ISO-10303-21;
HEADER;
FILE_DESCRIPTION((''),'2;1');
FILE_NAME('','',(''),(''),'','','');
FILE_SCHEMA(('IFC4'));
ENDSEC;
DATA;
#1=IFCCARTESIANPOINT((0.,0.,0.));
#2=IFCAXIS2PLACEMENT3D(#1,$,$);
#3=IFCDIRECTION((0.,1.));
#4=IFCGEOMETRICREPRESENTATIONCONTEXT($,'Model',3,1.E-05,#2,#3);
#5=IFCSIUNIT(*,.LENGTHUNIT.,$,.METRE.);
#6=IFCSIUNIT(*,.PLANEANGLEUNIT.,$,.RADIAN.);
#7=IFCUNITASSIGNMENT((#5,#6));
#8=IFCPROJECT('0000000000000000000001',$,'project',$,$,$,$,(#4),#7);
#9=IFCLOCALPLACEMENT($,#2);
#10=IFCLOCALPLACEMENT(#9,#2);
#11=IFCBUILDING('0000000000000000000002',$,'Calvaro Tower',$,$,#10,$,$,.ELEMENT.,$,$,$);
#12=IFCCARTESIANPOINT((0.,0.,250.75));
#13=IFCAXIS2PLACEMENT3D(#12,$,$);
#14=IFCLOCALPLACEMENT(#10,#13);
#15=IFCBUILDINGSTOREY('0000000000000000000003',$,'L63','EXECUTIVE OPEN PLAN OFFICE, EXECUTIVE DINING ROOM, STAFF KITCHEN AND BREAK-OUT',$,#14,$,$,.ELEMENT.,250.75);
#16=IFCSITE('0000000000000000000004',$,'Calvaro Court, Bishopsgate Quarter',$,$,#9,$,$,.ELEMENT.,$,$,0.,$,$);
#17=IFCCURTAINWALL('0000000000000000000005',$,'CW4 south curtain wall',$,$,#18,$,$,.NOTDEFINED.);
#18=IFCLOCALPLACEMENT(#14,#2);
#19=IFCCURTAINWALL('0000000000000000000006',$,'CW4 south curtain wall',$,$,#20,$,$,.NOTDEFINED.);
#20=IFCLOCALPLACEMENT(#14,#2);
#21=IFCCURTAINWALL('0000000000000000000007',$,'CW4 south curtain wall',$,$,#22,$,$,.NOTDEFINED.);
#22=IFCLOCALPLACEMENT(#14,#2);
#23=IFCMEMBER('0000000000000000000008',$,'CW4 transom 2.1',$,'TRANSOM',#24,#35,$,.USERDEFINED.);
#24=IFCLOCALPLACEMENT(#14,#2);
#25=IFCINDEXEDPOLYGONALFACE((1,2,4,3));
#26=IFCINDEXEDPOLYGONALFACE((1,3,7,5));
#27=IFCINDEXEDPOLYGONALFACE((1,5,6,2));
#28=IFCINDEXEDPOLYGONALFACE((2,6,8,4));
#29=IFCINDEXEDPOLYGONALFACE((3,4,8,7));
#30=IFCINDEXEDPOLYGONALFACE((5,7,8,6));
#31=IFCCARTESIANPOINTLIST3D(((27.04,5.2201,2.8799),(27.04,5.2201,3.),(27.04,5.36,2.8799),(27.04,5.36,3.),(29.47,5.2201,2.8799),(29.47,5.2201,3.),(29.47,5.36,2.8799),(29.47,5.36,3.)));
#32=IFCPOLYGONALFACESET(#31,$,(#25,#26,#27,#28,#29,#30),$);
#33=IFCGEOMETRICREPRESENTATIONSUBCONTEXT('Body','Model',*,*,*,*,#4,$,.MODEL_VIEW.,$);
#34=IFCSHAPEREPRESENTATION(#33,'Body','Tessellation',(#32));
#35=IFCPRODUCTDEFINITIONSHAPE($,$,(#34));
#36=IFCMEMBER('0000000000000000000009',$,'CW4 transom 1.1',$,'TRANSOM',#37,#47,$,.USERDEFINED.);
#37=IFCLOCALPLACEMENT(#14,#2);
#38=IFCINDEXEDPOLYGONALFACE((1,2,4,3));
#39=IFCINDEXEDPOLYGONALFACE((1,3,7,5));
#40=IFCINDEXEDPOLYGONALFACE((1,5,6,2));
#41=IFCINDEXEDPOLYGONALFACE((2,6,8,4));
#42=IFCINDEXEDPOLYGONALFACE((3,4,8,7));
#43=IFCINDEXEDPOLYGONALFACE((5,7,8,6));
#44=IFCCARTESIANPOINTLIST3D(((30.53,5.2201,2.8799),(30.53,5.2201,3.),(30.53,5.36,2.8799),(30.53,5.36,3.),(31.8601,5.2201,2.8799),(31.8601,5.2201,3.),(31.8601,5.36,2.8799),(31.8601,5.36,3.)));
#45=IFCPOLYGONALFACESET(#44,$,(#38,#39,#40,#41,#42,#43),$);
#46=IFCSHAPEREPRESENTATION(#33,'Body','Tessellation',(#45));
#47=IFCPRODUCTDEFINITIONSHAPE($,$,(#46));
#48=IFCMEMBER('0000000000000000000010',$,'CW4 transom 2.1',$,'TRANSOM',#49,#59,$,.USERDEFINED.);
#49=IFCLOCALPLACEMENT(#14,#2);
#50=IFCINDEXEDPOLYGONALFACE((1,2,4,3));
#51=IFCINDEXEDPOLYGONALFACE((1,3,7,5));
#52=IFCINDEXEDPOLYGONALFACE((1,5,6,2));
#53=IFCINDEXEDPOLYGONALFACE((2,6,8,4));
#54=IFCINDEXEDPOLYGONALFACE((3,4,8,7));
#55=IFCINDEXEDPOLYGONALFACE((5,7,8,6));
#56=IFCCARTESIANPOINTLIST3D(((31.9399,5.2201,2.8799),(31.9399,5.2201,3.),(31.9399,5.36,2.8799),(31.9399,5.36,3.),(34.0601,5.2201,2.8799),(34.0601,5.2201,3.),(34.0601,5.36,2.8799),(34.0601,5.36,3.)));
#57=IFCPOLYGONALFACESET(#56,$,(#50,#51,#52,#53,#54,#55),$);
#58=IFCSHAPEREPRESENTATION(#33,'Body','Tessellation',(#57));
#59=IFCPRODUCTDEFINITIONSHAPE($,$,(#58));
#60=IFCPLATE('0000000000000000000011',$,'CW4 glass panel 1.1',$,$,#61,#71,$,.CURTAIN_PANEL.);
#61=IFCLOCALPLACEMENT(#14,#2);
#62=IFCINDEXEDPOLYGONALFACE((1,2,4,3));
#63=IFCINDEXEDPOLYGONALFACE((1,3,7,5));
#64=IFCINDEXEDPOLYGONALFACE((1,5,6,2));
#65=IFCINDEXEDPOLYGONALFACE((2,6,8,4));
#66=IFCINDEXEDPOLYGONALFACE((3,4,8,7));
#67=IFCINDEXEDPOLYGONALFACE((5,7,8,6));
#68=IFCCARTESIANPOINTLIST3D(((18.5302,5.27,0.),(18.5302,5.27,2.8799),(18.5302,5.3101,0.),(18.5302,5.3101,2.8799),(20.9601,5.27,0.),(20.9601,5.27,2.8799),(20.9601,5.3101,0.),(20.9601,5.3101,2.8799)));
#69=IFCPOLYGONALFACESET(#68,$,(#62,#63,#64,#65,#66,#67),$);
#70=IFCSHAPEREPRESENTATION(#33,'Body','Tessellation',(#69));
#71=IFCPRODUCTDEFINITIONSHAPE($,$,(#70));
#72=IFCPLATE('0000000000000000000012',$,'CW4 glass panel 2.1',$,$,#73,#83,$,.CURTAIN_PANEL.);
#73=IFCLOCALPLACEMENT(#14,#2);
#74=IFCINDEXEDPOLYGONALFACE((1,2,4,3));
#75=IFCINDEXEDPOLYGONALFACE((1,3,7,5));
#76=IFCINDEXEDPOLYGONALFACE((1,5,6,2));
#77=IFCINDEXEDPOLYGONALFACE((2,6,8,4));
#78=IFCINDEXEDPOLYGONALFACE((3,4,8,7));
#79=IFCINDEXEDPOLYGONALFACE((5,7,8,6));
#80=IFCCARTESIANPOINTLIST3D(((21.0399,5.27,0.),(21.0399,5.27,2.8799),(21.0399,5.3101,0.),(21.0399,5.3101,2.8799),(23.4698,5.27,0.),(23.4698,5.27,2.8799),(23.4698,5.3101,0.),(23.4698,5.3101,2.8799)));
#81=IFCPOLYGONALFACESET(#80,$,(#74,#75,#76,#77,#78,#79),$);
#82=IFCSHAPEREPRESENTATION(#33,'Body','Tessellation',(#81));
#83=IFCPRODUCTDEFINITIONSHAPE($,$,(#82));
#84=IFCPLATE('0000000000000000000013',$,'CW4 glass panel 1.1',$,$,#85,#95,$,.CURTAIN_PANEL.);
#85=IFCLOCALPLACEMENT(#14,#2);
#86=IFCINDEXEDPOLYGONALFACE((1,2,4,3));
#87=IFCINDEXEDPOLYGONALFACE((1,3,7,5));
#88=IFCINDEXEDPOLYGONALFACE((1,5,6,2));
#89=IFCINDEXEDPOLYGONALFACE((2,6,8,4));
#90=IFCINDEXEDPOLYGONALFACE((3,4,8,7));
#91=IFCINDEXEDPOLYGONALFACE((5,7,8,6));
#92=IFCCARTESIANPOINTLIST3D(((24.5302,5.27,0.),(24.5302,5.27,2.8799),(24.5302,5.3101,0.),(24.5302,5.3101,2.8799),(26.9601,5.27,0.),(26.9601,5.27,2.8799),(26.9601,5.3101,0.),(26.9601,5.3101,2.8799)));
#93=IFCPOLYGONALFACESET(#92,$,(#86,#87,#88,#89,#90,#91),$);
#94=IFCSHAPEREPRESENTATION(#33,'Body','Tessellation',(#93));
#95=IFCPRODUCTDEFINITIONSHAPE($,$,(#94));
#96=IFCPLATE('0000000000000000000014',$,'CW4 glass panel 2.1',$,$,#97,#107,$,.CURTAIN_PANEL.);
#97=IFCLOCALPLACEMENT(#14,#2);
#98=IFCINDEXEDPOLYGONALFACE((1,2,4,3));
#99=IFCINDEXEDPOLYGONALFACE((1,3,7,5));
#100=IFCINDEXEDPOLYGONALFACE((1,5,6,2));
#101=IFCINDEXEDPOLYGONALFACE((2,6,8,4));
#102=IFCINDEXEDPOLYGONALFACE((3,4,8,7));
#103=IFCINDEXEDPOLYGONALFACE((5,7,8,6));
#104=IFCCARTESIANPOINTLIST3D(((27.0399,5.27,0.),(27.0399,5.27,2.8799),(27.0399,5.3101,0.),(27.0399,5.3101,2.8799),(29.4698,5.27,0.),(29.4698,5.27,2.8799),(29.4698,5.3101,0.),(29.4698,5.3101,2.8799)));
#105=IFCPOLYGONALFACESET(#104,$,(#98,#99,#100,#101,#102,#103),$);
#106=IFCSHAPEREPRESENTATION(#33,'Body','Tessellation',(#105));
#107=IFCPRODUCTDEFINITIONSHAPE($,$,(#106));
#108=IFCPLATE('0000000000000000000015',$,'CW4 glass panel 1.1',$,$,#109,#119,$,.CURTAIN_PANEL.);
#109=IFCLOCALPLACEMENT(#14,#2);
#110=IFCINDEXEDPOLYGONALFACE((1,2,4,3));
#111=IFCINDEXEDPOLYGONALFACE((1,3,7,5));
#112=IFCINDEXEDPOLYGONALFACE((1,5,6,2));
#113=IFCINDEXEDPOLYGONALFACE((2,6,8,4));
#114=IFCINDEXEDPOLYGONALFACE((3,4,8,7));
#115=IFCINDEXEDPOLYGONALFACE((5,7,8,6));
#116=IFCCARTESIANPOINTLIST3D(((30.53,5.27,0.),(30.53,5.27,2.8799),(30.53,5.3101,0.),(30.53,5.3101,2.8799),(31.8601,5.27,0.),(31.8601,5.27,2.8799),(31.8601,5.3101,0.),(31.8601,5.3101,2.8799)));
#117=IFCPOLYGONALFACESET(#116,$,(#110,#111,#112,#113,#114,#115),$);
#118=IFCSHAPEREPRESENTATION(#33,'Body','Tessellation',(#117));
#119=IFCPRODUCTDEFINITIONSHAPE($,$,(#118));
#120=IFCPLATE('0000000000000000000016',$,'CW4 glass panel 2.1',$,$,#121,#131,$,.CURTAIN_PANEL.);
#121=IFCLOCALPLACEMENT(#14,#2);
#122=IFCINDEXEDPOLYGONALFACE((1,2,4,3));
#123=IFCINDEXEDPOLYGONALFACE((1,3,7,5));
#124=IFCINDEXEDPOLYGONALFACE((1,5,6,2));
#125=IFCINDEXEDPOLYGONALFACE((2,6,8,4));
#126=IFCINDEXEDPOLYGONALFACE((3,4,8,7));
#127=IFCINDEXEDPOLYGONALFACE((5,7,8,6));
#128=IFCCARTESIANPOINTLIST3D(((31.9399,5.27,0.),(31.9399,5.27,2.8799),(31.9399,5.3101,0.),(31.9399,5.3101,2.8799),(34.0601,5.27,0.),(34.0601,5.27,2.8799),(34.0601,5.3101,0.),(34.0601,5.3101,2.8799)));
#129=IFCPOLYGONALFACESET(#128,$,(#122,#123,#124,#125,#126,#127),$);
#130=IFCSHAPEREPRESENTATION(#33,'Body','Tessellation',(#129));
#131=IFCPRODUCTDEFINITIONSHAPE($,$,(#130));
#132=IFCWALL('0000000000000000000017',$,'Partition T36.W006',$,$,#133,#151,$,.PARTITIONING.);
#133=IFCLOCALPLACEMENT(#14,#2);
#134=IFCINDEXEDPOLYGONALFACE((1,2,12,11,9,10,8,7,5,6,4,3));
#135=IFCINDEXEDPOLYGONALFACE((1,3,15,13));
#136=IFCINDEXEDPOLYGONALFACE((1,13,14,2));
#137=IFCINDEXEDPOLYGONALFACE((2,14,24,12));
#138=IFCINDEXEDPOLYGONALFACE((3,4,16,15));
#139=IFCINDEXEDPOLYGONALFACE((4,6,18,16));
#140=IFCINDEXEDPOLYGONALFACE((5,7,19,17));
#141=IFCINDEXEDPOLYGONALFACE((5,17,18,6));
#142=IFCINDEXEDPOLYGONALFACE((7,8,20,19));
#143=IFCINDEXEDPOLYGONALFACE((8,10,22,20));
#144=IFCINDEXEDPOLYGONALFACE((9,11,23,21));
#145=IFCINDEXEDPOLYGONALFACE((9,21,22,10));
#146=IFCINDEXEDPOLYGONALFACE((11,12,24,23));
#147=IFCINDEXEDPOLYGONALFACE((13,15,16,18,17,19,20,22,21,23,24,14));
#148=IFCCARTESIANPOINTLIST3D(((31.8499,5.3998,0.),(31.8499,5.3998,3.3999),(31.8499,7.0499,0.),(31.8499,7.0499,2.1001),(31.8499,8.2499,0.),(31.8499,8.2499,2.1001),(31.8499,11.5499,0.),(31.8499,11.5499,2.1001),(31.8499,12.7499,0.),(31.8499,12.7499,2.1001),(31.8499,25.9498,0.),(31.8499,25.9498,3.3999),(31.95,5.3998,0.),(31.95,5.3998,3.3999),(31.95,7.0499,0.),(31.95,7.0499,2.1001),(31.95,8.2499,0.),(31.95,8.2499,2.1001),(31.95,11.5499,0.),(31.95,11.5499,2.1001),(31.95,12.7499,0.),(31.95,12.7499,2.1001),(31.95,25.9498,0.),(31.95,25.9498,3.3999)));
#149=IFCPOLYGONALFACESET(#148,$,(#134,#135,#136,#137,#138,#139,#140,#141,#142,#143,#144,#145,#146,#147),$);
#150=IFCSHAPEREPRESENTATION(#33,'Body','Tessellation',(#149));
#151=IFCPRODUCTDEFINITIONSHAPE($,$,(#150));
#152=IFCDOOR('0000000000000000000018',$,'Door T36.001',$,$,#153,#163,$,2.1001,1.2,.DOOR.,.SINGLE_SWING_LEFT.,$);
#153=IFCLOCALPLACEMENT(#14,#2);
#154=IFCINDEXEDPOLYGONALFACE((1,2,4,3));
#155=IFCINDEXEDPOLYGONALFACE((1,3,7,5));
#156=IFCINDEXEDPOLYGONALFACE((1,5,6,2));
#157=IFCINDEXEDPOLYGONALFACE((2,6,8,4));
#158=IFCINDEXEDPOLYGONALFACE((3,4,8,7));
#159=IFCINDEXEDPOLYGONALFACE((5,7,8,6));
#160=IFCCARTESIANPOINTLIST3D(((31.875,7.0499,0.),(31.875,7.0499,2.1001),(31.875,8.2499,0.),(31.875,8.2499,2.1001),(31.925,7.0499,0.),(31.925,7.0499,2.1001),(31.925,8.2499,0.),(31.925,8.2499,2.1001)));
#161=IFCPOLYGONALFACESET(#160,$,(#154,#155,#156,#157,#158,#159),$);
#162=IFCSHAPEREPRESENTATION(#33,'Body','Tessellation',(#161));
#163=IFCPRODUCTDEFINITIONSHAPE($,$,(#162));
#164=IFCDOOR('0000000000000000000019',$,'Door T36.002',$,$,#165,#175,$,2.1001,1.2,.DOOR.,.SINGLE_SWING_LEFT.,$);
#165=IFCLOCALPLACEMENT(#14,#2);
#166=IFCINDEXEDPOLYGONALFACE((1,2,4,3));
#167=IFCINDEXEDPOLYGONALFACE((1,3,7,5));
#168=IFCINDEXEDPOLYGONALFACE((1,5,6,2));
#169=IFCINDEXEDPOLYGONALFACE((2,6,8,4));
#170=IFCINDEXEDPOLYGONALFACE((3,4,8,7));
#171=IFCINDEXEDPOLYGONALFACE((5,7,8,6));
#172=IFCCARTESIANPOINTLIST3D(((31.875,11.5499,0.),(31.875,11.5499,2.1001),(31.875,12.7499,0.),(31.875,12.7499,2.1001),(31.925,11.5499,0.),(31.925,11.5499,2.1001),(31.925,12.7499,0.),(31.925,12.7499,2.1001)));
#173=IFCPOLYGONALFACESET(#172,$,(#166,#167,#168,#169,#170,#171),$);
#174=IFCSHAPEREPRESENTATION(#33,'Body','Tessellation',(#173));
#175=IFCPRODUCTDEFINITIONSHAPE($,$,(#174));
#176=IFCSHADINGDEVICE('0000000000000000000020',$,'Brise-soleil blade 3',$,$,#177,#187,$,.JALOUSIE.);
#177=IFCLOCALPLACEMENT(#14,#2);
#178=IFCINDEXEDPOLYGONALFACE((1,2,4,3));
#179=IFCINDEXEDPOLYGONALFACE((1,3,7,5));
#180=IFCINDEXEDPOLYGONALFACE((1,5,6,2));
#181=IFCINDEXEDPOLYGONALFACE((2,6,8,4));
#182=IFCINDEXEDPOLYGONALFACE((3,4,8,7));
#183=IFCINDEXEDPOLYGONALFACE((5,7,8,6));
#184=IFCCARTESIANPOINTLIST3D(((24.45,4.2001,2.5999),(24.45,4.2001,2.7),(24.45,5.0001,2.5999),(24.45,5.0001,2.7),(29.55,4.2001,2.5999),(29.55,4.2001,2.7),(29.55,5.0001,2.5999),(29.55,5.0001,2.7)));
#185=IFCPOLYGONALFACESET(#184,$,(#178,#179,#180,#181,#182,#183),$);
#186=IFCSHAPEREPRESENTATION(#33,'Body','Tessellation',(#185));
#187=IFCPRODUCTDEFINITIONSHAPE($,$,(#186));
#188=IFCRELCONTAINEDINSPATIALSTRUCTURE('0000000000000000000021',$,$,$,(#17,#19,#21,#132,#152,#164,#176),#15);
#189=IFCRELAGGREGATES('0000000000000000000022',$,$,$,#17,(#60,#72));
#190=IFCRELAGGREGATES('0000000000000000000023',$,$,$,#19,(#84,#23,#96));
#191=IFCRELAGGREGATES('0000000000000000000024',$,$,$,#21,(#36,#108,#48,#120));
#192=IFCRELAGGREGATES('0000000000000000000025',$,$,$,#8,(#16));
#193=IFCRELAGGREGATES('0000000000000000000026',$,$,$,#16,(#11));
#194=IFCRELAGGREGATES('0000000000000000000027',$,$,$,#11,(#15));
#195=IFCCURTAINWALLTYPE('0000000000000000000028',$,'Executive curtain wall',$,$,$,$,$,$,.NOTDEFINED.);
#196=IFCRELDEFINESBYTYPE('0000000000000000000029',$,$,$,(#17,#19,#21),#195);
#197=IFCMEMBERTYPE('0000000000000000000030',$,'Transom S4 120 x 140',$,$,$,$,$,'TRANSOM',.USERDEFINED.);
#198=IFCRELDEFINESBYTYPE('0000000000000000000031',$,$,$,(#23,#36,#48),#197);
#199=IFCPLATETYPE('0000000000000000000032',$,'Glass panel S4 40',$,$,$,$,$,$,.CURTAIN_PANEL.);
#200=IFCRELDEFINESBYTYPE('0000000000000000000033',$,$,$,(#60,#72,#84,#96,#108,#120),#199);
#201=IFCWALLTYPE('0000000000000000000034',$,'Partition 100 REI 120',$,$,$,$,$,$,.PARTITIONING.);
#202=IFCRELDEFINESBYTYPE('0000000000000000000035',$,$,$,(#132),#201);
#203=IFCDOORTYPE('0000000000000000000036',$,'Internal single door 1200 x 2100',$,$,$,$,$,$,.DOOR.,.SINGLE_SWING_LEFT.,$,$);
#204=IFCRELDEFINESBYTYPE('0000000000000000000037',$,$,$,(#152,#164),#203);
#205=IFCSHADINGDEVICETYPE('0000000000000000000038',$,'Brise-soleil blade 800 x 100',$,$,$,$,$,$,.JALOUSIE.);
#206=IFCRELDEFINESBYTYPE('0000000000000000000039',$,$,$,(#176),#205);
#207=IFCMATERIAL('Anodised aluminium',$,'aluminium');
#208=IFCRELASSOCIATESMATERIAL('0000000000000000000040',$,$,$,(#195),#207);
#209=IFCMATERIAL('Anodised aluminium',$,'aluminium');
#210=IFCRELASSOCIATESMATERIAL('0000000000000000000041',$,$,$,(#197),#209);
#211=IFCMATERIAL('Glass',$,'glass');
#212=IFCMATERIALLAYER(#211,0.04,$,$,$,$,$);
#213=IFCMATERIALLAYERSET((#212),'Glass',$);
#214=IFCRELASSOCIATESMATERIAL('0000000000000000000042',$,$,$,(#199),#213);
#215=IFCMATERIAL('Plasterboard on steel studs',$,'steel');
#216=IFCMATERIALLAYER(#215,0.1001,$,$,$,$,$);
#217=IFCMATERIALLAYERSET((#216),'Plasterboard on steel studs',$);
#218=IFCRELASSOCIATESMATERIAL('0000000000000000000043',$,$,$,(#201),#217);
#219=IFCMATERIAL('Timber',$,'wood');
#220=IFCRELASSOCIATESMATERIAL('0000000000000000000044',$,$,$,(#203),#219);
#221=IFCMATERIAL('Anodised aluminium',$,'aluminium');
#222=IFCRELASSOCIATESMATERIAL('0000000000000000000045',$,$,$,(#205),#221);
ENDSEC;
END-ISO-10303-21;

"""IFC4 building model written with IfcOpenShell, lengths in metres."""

from ifc_helpers import new_model, si_unit, direction, frame, frame_2d, origin, origin_2d, place, context, subcontext, project, spatial, rectangle, extrude, material, layer, layer_set, material_profile, profile_set, type_object, element, fill, aggregate, save


model = new_model("IFC4")

# Units and contexts
model_context = context("Model", 3, precision=1e-05, world=origin(), true_north=direction((0.0, 1.0)))
body_context = subcontext(model_context, "Body", "Model", "MODEL_VIEW")
ifc_project = project(units=[si_unit("LENGTHUNIT", "METRE"), si_unit("PLANEANGLEUNIT", "RADIAN")], contexts=[model_context])

# Site, building, storey
site_placement = place(None, origin())
site = spatial("IfcSite", under=ifc_project, at=site_placement, Name="Calvaro Court, Bishopsgate Quarter", CompositionType="ELEMENT", RefElevation=0.0)
building_placement = place(site_placement, origin())
building = spatial("IfcBuilding", under=site, at=building_placement, Name="Calvaro Tower", CompositionType="ELEMENT")
storey_placement = place(building_placement, frame((0.0, 0.0, 250.75)))
storey = spatial("IfcBuildingStorey", under=building, at=storey_placement, Name="L63", Description="EXECUTIVE OPEN PLAN OFFICE, EXECUTIVE DINING ROOM, STAFF KITCHEN AND BREAK-OUT", CompositionType="ELEMENT", Elevation=250.75)

# Curtain walls
ifc_material_1 = material(Name="Anodised aluminium", Category="aluminium")
curtain_wall_type = type_object("IfcCurtainWallType", Name="Executive curtain wall", PredefinedType="NOTDEFINED", material=ifc_material_1)
curtain_wall_1_placement = place(storey_placement, origin())
curtain_wall_1 = element("IfcCurtainWall", 1, at=curtain_wall_1_placement, inside=storey, type_object=curtain_wall_type, Name="CW4 south curtain wall", PredefinedType="NOTDEFINED")
curtain_wall_2_placement = place(storey_placement, origin())
curtain_wall_2 = element("IfcCurtainWall", 2, at=curtain_wall_2_placement, inside=storey, type_object=curtain_wall_type, Name="CW4 south curtain wall", PredefinedType="NOTDEFINED")
curtain_wall_3_placement = place(storey_placement, origin())
curtain_wall_3 = element("IfcCurtainWall", 3, at=curtain_wall_3_placement, inside=storey, type_object=curtain_wall_type, Name="CW4 south curtain wall", PredefinedType="NOTDEFINED")

# Members
ifc_material_2 = material(Name="Anodised aluminium", Category="aluminium")
ifc_material_profile_1 = material_profile(ifc_material_2, rectangle(XDim=0.1399, YDim=0.1201, at=origin_2d()), Name="Transom S4 120 x 140")
ifc_profile_set_1 = profile_set([ifc_material_profile_1], Name="Anodised aluminium")
member_type_1 = type_object("IfcMemberType", Name="Transom S4 120 x 140", ElementType="TRANSOM", PredefinedType="USERDEFINED", material=ifc_profile_set_1)
member_1_placement = place(storey_placement, frame((27.04, 5.29, 2.9399), z_axis=(1.0, 0.0, 0.0), x_axis=(0.0, 1.0, 0.0)))
member_1 = element("IfcMember", 4, at=member_1_placement, type_object=member_type_1, Name="CW4 transom 2.1", ObjectType="TRANSOM", PredefinedType="USERDEFINED", context=body_context, shape_type="SweptSolid", body=[
    extrude(rectangle(XDim=0.1399, YDim=0.1201, at=origin_2d()), origin(), (0.0, 0.0, 1.0), 2.4299),
])
member_2_placement = place(storey_placement, frame((30.53, 5.29, 2.9399), z_axis=(1.0, 0.0, 0.0), x_axis=(0.0, 1.0, 0.0)))
member_2 = element("IfcMember", 5, at=member_2_placement, type_object=member_type_1, Name="CW4 transom 1.1", ObjectType="TRANSOM", PredefinedType="USERDEFINED", context=body_context, shape_type="SweptSolid", body=[
    extrude(rectangle(XDim=0.1399, YDim=0.1201, at=origin_2d()), origin(), (0.0, 0.0, 1.0), 1.3301),
])
member_3_placement = place(storey_placement, frame((31.9399, 5.29, 2.9399), z_axis=(1.0, 0.0, 0.0), x_axis=(0.0, 1.0, 0.0)))
member_3 = element("IfcMember", 6, at=member_3_placement, type_object=member_type_1, Name="CW4 transom 2.1", ObjectType="TRANSOM", PredefinedType="USERDEFINED", context=body_context, shape_type="SweptSolid", body=[
    extrude(rectangle(XDim=0.1399, YDim=0.1201, at=origin_2d()), origin(), (0.0, 0.0, 1.0), 2.1201),
])

# Plates
ifc_material_3 = material(Name="Glass", Category="glass")
ifc_layer_1 = layer(ifc_material_3, 0.04)
ifc_layer_set_1 = layer_set([ifc_layer_1], Name="Glass")
plate_type = type_object("IfcPlateType", Name="Glass panel S4 40", PredefinedType="CURTAIN_PANEL", material=ifc_layer_set_1)
plate_1_placement = place(storey_placement, frame((19.7451, 5.29, 0.0), z_axis=(0.0, 0.0, 1.0), x_axis=(1.0, 0.0, 0.0)))
plate_1 = element("IfcPlate", 7, at=plate_1_placement, type_object=plate_type, Name="CW4 glass panel 1.1", PredefinedType="CURTAIN_PANEL", context=body_context, shape_type="SweptSolid", body=[
    extrude(rectangle(XDim=2.4299, YDim=0.04, at=origin_2d()), origin(), (0.0, 0.0, 1.0), 2.8799),
])
plate_2_placement = place(storey_placement, frame((22.2549, 5.29, 0.0), z_axis=(0.0, 0.0, 1.0), x_axis=(1.0, 0.0, 0.0)))
plate_2 = element("IfcPlate", 8, at=plate_2_placement, type_object=plate_type, Name="CW4 glass panel 2.1", PredefinedType="CURTAIN_PANEL", context=body_context, shape_type="SweptSolid", body=[
    extrude(rectangle(XDim=2.4299, YDim=0.04, at=origin_2d()), origin(), (0.0, 0.0, 1.0), 2.8799),
])
aggregate(curtain_wall_1, [plate_1, plate_2])
plate_3_placement = place(storey_placement, frame((25.7451, 5.29, 0.0), z_axis=(0.0, 0.0, 1.0), x_axis=(1.0, 0.0, 0.0)))
plate_3 = element("IfcPlate", 9, at=plate_3_placement, type_object=plate_type, Name="CW4 glass panel 1.1", PredefinedType="CURTAIN_PANEL", context=body_context, shape_type="SweptSolid", body=[
    extrude(rectangle(XDim=2.4299, YDim=0.04, at=origin_2d()), origin(), (0.0, 0.0, 1.0), 2.8799),
])
plate_4_placement = place(storey_placement, frame((28.2549, 5.29, 0.0), z_axis=(0.0, 0.0, 1.0), x_axis=(1.0, 0.0, 0.0)))
plate_4 = element("IfcPlate", 10, at=plate_4_placement, type_object=plate_type, Name="CW4 glass panel 2.1", PredefinedType="CURTAIN_PANEL", context=body_context, shape_type="SweptSolid", body=[
    extrude(rectangle(XDim=2.4299, YDim=0.04, at=origin_2d()), origin(), (0.0, 0.0, 1.0), 2.8799),
])
aggregate(curtain_wall_2, [plate_3, member_1, plate_4])
plate_5_placement = place(storey_placement, frame((31.1951, 5.29, 0.0), z_axis=(0.0, 0.0, 1.0), x_axis=(1.0, 0.0, 0.0)))
plate_5 = element("IfcPlate", 11, at=plate_5_placement, type_object=plate_type, Name="CW4 glass panel 1.1", PredefinedType="CURTAIN_PANEL", context=body_context, shape_type="SweptSolid", body=[
    extrude(rectangle(XDim=1.3301, YDim=0.04, at=origin_2d()), origin(), (0.0, 0.0, 1.0), 2.8799),
])
plate_6_placement = place(storey_placement, frame((33.0, 5.29, 0.0), z_axis=(0.0, 0.0, 1.0), x_axis=(1.0, 0.0, 0.0)))
plate_6 = element("IfcPlate", 12, at=plate_6_placement, type_object=plate_type, Name="CW4 glass panel 2.1", PredefinedType="CURTAIN_PANEL", context=body_context, shape_type="SweptSolid", body=[
    extrude(rectangle(XDim=2.1201, YDim=0.04, at=origin_2d()), origin(), (0.0, 0.0, 1.0), 2.8799),
])
aggregate(curtain_wall_3, [member_2, plate_5, member_3, plate_6])

# Wall, openings, doors
ifc_material_4 = material(Name="Plasterboard on steel studs", Category="steel")
ifc_layer_2 = layer(ifc_material_4, 0.1001)
ifc_layer_set_2 = layer_set([ifc_layer_2], Name="Plasterboard on steel studs")
wall_type = type_object("IfcWallType", Name="Partition 100 REI 120", PredefinedType="PARTITIONING", material=ifc_layer_set_2)
wall_placement = place(storey_placement, frame((31.8999, 5.3999, 0.0), z_axis=(0.0, 0.0, 1.0), x_axis=(0.0, 1.0, 0.0)))
wall = element("IfcWall", 13, at=wall_placement, inside=storey, type_object=wall_type, Name="Partition T36.W006", PredefinedType="PARTITIONING", context=body_context, shape_type="SweptSolid", body=[
    extrude(rectangle(XDim=20.55, YDim=0.1001, at=frame_2d((10.2749, 0.0))), origin(), (0.0, 0.0, 1.0), 3.3999),
])
opening_1_placement = place(wall_placement, frame((1.6499, 0.0, 0.0)))
opening_1 = element("IfcOpeningElement", 14, at=opening_1_placement, cuts=wall, PredefinedType="OPENING", context=body_context, shape_type="SweptSolid", body=[
    extrude(rectangle(XDim=1.2, YDim=2.1001, at=frame_2d((0.6001, 1.05))), frame((0.0, 0.0601, 0.0), z_axis=(0.0, -1.0, 0.0), x_axis=(1.0, 0.0, 0.0)), (0.0, 0.0, 1.0), 0.1201),
])
opening_2_placement = place(wall_placement, frame((6.1499, 0.0, 0.0)))
opening_2 = element("IfcOpeningElement", 15, at=opening_2_placement, cuts=wall, PredefinedType="OPENING", context=body_context, shape_type="SweptSolid", body=[
    extrude(rectangle(XDim=1.2, YDim=2.1001, at=frame_2d((0.6001, 1.05))), frame((0.0, 0.0601, 0.0), z_axis=(0.0, -1.0, 0.0), x_axis=(1.0, 0.0, 0.0)), (0.0, 0.0, 1.0), 0.1201),
])
ifc_material_5 = material(Name="Timber", Category="wood")
door_type = type_object("IfcDoorType", Name="Internal single door 1200 x 2100", OperationType="SINGLE_SWING_LEFT", PredefinedType="DOOR", material=ifc_material_5)
door_1_placement = place(opening_1_placement, origin())
door_1 = element("IfcDoor", 16, at=door_1_placement, inside=storey, type_object=door_type, Name="Door T36.001", OperationType="SINGLE_SWING_LEFT", OverallHeight=2.1001, OverallWidth=1.2, PredefinedType="DOOR", context=body_context, shape_type="SweptSolid", body=[
    extrude(rectangle(XDim=1.2, YDim=2.1001, at=frame_2d((0.6001, 1.05))), frame((0.0, 0.0249, 0.0), z_axis=(0.0, -1.0, 0.0), x_axis=(1.0, 0.0, 0.0)), (0.0, 0.0, 1.0), 0.05),
])
fill(opening_1, door_1)
door_2_placement = place(opening_2_placement, origin())
door_2 = element("IfcDoor", 17, at=door_2_placement, inside=storey, type_object=door_type, Name="Door T36.002", OperationType="SINGLE_SWING_LEFT", OverallHeight=2.1001, OverallWidth=1.2, PredefinedType="DOOR", context=body_context, shape_type="SweptSolid", body=[
    extrude(rectangle(XDim=1.2, YDim=2.1001, at=frame_2d((0.6001, 1.05))), frame((0.0, 0.0249, 0.0), z_axis=(0.0, -1.0, 0.0), x_axis=(1.0, 0.0, 0.0)), (0.0, 0.0, 1.0), 0.05),
])
fill(opening_2, door_2)

# Shading device
ifc_material_6 = material(Name="Anodised aluminium", Category="aluminium")
ifc_material_profile_2 = material_profile(ifc_material_6, rectangle(XDim=0.8, YDim=0.1001, at=origin_2d()), Name="Brise-soleil blade 800 x 100")
ifc_profile_set_2 = profile_set([ifc_material_profile_2], Name="Anodised aluminium")
shading_device_type_1 = type_object("IfcShadingDeviceType", Name="Brise-soleil blade 800 x 100", PredefinedType="JALOUSIE", material=ifc_profile_set_2)
for number, where, z_axis, x_axis, name in (
    (18, (24.45, 4.6001, 2.6499), (1.0, 0.0, 0.0), (0.0, 1.0, 0.0), "Brise-soleil blade 3"),
):
    element("IfcShadingDevice", number, at=place(storey_placement, frame(where, z_axis=z_axis, x_axis=x_axis)), inside=storey, type_object=shading_device_type_1, Name=name, PredefinedType="JALOUSIE", context=body_context, shape_type="SweptSolid", body=[
        extrude(rectangle(XDim=0.8, YDim=0.1001, at=origin_2d()), origin(), (0.0, 0.0, 1.0), 5.1001),
    ])

save(model, "model.ifc")
